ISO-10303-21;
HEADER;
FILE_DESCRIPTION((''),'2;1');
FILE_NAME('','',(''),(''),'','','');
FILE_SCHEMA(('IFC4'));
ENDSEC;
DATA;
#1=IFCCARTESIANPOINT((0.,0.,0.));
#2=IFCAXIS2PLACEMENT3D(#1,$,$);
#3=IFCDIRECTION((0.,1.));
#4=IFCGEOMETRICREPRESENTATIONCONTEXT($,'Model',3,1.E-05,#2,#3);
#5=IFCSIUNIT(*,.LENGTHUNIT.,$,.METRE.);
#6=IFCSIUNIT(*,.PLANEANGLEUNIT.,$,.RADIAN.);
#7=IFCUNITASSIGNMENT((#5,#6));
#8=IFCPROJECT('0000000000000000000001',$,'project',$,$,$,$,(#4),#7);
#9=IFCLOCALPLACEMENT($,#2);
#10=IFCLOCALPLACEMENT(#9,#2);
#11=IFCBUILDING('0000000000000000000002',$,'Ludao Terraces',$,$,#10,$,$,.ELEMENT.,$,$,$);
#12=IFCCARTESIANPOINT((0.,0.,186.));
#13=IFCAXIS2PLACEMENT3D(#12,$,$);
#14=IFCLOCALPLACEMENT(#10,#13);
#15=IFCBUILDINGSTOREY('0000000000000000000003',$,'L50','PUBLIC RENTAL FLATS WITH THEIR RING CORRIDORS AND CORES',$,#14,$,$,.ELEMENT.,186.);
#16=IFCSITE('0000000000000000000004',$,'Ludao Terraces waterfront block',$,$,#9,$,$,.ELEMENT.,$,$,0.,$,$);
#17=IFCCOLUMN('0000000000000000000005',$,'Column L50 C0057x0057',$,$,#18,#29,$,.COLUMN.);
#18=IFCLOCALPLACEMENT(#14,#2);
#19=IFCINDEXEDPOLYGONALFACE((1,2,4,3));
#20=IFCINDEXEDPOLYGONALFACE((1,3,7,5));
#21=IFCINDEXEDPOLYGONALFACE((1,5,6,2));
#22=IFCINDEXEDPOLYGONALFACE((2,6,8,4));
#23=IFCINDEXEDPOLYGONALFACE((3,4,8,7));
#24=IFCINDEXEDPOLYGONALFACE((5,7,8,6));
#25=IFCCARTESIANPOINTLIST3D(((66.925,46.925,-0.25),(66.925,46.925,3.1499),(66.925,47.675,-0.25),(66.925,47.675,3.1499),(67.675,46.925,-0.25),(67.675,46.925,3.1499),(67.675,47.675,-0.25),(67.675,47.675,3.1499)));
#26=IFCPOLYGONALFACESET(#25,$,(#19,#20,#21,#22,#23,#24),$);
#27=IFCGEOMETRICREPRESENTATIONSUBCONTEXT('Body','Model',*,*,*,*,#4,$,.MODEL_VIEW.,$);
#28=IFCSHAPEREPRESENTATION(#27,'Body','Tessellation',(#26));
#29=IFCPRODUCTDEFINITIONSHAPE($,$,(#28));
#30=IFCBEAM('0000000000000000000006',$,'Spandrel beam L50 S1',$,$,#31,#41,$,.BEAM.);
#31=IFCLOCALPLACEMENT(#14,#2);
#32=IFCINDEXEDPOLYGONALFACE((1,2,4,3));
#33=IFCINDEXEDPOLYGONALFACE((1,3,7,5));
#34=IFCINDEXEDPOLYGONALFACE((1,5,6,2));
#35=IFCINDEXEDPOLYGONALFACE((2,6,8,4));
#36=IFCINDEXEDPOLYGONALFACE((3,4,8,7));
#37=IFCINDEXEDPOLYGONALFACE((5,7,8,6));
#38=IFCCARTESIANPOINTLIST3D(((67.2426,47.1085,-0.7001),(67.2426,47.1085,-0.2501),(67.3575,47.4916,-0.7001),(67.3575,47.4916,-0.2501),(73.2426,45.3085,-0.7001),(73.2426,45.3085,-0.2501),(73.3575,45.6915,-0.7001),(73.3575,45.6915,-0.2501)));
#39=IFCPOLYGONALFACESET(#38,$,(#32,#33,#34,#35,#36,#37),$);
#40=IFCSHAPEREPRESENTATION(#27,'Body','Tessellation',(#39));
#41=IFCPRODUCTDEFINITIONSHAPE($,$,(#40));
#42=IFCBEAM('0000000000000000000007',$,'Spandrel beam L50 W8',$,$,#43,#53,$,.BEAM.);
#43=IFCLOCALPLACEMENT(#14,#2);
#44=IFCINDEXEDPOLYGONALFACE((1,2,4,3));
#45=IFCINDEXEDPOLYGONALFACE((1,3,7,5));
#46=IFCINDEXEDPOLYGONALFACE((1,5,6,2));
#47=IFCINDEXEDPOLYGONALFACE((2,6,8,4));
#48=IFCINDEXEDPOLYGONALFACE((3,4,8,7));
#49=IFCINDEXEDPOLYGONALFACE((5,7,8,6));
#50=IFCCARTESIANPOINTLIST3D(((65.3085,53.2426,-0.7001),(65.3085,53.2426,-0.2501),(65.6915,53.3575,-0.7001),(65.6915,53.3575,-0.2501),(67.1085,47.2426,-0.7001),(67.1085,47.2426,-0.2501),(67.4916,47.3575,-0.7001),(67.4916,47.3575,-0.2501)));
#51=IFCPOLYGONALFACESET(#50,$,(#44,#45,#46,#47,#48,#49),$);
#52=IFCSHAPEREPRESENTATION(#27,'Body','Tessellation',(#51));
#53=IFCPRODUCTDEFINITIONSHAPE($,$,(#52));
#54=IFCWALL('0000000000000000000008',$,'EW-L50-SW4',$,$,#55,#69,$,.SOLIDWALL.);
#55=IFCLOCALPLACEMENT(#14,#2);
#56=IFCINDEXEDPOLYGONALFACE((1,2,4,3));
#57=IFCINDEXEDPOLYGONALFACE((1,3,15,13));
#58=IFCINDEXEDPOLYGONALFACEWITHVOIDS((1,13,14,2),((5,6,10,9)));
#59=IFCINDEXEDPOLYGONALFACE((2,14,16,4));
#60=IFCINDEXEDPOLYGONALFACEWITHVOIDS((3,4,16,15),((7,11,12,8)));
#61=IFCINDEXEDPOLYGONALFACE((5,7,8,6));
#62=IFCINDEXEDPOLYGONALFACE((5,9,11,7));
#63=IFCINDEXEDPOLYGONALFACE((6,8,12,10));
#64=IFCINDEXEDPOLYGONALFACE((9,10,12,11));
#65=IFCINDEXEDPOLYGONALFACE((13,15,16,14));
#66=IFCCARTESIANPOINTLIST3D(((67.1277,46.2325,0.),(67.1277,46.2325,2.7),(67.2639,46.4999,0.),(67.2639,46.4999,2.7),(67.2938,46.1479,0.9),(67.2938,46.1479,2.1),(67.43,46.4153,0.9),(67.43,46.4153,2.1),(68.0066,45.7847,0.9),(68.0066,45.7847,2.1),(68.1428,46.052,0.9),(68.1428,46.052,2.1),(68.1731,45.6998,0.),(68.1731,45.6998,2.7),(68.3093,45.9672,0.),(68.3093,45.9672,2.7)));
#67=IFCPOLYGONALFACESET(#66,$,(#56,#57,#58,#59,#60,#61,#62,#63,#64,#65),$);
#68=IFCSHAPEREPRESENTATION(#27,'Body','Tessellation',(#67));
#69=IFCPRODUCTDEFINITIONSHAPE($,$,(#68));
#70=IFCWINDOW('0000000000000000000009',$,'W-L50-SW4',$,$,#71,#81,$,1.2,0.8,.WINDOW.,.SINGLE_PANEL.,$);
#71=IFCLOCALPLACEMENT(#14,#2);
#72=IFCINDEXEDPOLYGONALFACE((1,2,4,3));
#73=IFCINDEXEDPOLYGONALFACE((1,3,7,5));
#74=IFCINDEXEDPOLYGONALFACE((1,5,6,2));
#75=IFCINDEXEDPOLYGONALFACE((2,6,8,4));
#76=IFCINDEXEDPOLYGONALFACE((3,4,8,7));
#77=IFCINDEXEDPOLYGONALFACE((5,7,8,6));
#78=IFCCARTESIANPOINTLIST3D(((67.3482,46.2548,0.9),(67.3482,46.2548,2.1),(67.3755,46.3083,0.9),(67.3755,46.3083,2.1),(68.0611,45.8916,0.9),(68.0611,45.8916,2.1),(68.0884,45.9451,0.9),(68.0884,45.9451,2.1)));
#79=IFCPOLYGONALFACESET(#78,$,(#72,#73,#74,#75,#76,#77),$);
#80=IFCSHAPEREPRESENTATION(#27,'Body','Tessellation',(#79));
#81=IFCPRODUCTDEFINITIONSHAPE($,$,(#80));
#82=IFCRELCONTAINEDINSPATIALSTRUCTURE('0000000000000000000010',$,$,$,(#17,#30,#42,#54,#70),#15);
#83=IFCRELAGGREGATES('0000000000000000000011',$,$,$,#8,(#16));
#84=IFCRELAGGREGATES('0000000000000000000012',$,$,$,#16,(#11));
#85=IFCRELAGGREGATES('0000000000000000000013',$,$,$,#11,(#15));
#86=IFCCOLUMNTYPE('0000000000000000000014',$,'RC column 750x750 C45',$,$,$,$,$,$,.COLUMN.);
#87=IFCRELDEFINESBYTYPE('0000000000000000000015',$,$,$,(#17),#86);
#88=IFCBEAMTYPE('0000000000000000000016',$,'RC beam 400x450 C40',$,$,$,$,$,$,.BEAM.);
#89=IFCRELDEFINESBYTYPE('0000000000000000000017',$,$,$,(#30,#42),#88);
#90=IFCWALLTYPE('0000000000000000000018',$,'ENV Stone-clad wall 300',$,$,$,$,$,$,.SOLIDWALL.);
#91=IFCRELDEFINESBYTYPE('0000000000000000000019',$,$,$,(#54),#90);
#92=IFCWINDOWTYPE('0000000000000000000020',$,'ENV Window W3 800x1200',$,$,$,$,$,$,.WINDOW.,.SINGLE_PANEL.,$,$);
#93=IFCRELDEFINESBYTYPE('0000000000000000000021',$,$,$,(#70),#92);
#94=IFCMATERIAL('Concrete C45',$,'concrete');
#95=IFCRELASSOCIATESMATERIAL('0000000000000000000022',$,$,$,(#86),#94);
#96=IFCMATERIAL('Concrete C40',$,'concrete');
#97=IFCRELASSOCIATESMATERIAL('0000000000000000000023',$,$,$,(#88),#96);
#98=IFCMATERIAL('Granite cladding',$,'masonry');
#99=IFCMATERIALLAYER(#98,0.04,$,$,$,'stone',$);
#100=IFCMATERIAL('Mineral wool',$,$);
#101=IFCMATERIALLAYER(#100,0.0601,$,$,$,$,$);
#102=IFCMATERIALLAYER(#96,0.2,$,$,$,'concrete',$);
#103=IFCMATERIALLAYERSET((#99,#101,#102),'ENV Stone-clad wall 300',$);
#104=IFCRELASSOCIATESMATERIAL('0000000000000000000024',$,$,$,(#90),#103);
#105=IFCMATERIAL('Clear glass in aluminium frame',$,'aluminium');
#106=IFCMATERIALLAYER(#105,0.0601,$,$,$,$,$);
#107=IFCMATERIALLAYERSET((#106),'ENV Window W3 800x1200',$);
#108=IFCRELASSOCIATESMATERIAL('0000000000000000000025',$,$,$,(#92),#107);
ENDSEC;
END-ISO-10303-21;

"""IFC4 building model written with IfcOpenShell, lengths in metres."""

from ifc_helpers import new_model, si_unit, direction, frame, frame_2d, origin, origin_2d, place, context, subcontext, project, spatial, rectangle, extrude, material, layer, layer_set, material_profile, profile_set, type_object, element, fill, save


model = new_model("IFC4")

# Units and contexts
model_context = context("Model", 3, precision=1e-05, world=origin(), true_north=direction((0.0, 1.0)))
body_context = subcontext(model_context, "Body", "Model", "MODEL_VIEW")
ifc_project = project(units=[si_unit("LENGTHUNIT", "METRE"), si_unit("PLANEANGLEUNIT", "RADIAN")], contexts=[model_context])

# Site, building, storey
site_placement = place(None, origin())
site = spatial("IfcSite", under=ifc_project, at=site_placement, Name="Ludao Terraces waterfront block", CompositionType="ELEMENT", RefElevation=0.0)
building_placement = place(site_placement, origin())
building = spatial("IfcBuilding", under=site, at=building_placement, Name="Ludao Terraces", CompositionType="ELEMENT")
storey_placement = place(building_placement, frame((0.0, 0.0, 186.0)))
storey = spatial("IfcBuildingStorey", under=building, at=storey_placement, Name="L50", Description="PUBLIC RENTAL FLATS WITH THEIR RING CORRIDORS AND CORES", CompositionType="ELEMENT", Elevation=186.0)

# Column
ifc_material_1 = material(Name="Concrete C45", Category="concrete")
ifc_material_profile_1 = material_profile(ifc_material_1, rectangle(XDim=0.75, YDim=0.75, at=origin_2d()), Name="750 X 750")
ifc_profile_set_1 = profile_set([ifc_material_profile_1], Name="Concrete C45")
column_type = type_object("IfcColumnType", Name="RC column 750x750 C45", PredefinedType="COLUMN", material=ifc_profile_set_1)
column_placement = place(storey_placement, frame((67.3, 47.3, -0.25), z_axis=(0.0, 0.0, 1.0), x_axis=(1.0, 0.0, 0.0)))
element("IfcColumn", 1, at=column_placement, inside=storey, type_object=column_type, Name="Column L50 C0057x0057", PredefinedType="COLUMN", context=body_context, shape_type="SweptSolid", body=[
    extrude(rectangle(XDim=0.75, YDim=0.75, at=origin_2d()), origin(), (0.0, 0.0, 1.0), 3.3999),
])

# Beams
ifc_material_2 = material(Name="Concrete C40", Category="concrete")
ifc_material_profile_2 = material_profile(ifc_material_2, rectangle(XDim=0.3999, YDim=0.45, at=origin_2d()), Name="400 X 450")
ifc_profile_set_2 = profile_set([ifc_material_profile_2], Name="Concrete C40")
beam_type = type_object("IfcBeamType", Name="RC beam 400x450 C40", PredefinedType="BEAM", material=ifc_profile_set_2)
for number, where, z_axis, x_axis, name in (
    (2, (67.3, 47.3, -0.4751), (0.957824, -0.287355, 0.0), (0.287355, 0.957824, 0.0), "Spandrel beam L50 S1"),
    (3, (67.3, 47.3, -0.4751), (-0.287355, 0.957824, 0.0), (-0.957824, -0.287355, 0.0), "Spandrel beam L50 W8"),
):
    element("IfcBeam", number, at=place(storey_placement, frame(where, z_axis=z_axis, x_axis=x_axis)), inside=storey, type_object=beam_type, Name=name, PredefinedType="BEAM", context=body_context, shape_type="SweptSolid", body=[
        extrude(rectangle(XDim=0.3999, YDim=0.45, at=origin_2d()), origin(), (0.0, 0.0, 1.0), 6.2642),
    ])

# Wall, opening, window
ifc_material_3 = material(Name="Granite cladding", Category="masonry")
ifc_layer_1 = layer(ifc_material_3, 0.04, Category="stone")
ifc_material_4 = material(Name="Mineral wool")
ifc_layer_2 = layer(ifc_material_4, 0.0601)
ifc_layer_3 = layer(ifc_material_2, 0.2, Category="concrete")
ifc_layer_set_1 = layer_set([ifc_layer_1, ifc_layer_2, ifc_layer_3], Name="ENV Stone-clad wall 300")
wall_type = type_object("IfcWallType", Name="ENV Stone-clad wall 300", PredefinedType="SOLIDWALL", material=ifc_layer_set_1)
wall_placement = place(storey_placement, frame((67.1958, 46.3662, 0.0), z_axis=(0.0, 0.0, 1.0), x_axis=(0.890989, -0.454026, 0.0)))
wall = element("IfcWall", 4, at=wall_placement, inside=storey, type_object=wall_type, Name="EW-L50-SW4", PredefinedType="SOLIDWALL", context=body_context, shape_type="SweptSolid", body=[
    extrude(rectangle(XDim=1.1733, YDim=0.3, at=frame_2d((0.5867, 0.0))), origin(), (0.0, 0.0, 1.0), 2.7),
])
opening_placement = place(wall_placement, frame((0.1865, 0.0, 0.8999)))
opening = element("IfcOpeningElement", 5, at=opening_placement, cuts=wall, PredefinedType="OPENING", context=body_context, shape_type="SweptSolid", body=[
    extrude(rectangle(XDim=0.8, YDim=1.2, at=frame_2d((0.3999, 0.6001))), frame((0.0, 0.1602, 0.0), z_axis=(0.0, -1.0, 0.0), x_axis=(1.0, 0.0, 0.0)), (0.0, 0.0, 1.0), 0.3201),
])
ifc_material_5 = material(Name="Clear glass in aluminium frame", Category="aluminium")
ifc_layer_4 = layer(ifc_material_5, 0.0601)
ifc_layer_set_2 = layer_set([ifc_layer_4], Name="ENV Window W3 800x1200")
window_type = type_object("IfcWindowType", Name="ENV Window W3 800x1200", PartitioningType="SINGLE_PANEL", PredefinedType="WINDOW", material=ifc_layer_set_2)
window_placement = place(opening_placement, origin())
window = element("IfcWindow", 6, at=window_placement, inside=storey, type_object=window_type, Name="W-L50-SW4", OverallHeight=1.2, OverallWidth=0.8, PartitioningType="SINGLE_PANEL", PredefinedType="WINDOW", context=body_context, shape_type="SweptSolid", body=[
    extrude(rectangle(XDim=0.8, YDim=1.2, at=frame_2d((0.3999, 0.6001))), frame((0.0, 0.03, 0.0), z_axis=(0.0, -1.0, 0.0), x_axis=(1.0, 0.0, 0.0)), (0.0, 0.0, 1.0), 0.0601),
])
fill(opening, window)

save(model, "model.ifc")
